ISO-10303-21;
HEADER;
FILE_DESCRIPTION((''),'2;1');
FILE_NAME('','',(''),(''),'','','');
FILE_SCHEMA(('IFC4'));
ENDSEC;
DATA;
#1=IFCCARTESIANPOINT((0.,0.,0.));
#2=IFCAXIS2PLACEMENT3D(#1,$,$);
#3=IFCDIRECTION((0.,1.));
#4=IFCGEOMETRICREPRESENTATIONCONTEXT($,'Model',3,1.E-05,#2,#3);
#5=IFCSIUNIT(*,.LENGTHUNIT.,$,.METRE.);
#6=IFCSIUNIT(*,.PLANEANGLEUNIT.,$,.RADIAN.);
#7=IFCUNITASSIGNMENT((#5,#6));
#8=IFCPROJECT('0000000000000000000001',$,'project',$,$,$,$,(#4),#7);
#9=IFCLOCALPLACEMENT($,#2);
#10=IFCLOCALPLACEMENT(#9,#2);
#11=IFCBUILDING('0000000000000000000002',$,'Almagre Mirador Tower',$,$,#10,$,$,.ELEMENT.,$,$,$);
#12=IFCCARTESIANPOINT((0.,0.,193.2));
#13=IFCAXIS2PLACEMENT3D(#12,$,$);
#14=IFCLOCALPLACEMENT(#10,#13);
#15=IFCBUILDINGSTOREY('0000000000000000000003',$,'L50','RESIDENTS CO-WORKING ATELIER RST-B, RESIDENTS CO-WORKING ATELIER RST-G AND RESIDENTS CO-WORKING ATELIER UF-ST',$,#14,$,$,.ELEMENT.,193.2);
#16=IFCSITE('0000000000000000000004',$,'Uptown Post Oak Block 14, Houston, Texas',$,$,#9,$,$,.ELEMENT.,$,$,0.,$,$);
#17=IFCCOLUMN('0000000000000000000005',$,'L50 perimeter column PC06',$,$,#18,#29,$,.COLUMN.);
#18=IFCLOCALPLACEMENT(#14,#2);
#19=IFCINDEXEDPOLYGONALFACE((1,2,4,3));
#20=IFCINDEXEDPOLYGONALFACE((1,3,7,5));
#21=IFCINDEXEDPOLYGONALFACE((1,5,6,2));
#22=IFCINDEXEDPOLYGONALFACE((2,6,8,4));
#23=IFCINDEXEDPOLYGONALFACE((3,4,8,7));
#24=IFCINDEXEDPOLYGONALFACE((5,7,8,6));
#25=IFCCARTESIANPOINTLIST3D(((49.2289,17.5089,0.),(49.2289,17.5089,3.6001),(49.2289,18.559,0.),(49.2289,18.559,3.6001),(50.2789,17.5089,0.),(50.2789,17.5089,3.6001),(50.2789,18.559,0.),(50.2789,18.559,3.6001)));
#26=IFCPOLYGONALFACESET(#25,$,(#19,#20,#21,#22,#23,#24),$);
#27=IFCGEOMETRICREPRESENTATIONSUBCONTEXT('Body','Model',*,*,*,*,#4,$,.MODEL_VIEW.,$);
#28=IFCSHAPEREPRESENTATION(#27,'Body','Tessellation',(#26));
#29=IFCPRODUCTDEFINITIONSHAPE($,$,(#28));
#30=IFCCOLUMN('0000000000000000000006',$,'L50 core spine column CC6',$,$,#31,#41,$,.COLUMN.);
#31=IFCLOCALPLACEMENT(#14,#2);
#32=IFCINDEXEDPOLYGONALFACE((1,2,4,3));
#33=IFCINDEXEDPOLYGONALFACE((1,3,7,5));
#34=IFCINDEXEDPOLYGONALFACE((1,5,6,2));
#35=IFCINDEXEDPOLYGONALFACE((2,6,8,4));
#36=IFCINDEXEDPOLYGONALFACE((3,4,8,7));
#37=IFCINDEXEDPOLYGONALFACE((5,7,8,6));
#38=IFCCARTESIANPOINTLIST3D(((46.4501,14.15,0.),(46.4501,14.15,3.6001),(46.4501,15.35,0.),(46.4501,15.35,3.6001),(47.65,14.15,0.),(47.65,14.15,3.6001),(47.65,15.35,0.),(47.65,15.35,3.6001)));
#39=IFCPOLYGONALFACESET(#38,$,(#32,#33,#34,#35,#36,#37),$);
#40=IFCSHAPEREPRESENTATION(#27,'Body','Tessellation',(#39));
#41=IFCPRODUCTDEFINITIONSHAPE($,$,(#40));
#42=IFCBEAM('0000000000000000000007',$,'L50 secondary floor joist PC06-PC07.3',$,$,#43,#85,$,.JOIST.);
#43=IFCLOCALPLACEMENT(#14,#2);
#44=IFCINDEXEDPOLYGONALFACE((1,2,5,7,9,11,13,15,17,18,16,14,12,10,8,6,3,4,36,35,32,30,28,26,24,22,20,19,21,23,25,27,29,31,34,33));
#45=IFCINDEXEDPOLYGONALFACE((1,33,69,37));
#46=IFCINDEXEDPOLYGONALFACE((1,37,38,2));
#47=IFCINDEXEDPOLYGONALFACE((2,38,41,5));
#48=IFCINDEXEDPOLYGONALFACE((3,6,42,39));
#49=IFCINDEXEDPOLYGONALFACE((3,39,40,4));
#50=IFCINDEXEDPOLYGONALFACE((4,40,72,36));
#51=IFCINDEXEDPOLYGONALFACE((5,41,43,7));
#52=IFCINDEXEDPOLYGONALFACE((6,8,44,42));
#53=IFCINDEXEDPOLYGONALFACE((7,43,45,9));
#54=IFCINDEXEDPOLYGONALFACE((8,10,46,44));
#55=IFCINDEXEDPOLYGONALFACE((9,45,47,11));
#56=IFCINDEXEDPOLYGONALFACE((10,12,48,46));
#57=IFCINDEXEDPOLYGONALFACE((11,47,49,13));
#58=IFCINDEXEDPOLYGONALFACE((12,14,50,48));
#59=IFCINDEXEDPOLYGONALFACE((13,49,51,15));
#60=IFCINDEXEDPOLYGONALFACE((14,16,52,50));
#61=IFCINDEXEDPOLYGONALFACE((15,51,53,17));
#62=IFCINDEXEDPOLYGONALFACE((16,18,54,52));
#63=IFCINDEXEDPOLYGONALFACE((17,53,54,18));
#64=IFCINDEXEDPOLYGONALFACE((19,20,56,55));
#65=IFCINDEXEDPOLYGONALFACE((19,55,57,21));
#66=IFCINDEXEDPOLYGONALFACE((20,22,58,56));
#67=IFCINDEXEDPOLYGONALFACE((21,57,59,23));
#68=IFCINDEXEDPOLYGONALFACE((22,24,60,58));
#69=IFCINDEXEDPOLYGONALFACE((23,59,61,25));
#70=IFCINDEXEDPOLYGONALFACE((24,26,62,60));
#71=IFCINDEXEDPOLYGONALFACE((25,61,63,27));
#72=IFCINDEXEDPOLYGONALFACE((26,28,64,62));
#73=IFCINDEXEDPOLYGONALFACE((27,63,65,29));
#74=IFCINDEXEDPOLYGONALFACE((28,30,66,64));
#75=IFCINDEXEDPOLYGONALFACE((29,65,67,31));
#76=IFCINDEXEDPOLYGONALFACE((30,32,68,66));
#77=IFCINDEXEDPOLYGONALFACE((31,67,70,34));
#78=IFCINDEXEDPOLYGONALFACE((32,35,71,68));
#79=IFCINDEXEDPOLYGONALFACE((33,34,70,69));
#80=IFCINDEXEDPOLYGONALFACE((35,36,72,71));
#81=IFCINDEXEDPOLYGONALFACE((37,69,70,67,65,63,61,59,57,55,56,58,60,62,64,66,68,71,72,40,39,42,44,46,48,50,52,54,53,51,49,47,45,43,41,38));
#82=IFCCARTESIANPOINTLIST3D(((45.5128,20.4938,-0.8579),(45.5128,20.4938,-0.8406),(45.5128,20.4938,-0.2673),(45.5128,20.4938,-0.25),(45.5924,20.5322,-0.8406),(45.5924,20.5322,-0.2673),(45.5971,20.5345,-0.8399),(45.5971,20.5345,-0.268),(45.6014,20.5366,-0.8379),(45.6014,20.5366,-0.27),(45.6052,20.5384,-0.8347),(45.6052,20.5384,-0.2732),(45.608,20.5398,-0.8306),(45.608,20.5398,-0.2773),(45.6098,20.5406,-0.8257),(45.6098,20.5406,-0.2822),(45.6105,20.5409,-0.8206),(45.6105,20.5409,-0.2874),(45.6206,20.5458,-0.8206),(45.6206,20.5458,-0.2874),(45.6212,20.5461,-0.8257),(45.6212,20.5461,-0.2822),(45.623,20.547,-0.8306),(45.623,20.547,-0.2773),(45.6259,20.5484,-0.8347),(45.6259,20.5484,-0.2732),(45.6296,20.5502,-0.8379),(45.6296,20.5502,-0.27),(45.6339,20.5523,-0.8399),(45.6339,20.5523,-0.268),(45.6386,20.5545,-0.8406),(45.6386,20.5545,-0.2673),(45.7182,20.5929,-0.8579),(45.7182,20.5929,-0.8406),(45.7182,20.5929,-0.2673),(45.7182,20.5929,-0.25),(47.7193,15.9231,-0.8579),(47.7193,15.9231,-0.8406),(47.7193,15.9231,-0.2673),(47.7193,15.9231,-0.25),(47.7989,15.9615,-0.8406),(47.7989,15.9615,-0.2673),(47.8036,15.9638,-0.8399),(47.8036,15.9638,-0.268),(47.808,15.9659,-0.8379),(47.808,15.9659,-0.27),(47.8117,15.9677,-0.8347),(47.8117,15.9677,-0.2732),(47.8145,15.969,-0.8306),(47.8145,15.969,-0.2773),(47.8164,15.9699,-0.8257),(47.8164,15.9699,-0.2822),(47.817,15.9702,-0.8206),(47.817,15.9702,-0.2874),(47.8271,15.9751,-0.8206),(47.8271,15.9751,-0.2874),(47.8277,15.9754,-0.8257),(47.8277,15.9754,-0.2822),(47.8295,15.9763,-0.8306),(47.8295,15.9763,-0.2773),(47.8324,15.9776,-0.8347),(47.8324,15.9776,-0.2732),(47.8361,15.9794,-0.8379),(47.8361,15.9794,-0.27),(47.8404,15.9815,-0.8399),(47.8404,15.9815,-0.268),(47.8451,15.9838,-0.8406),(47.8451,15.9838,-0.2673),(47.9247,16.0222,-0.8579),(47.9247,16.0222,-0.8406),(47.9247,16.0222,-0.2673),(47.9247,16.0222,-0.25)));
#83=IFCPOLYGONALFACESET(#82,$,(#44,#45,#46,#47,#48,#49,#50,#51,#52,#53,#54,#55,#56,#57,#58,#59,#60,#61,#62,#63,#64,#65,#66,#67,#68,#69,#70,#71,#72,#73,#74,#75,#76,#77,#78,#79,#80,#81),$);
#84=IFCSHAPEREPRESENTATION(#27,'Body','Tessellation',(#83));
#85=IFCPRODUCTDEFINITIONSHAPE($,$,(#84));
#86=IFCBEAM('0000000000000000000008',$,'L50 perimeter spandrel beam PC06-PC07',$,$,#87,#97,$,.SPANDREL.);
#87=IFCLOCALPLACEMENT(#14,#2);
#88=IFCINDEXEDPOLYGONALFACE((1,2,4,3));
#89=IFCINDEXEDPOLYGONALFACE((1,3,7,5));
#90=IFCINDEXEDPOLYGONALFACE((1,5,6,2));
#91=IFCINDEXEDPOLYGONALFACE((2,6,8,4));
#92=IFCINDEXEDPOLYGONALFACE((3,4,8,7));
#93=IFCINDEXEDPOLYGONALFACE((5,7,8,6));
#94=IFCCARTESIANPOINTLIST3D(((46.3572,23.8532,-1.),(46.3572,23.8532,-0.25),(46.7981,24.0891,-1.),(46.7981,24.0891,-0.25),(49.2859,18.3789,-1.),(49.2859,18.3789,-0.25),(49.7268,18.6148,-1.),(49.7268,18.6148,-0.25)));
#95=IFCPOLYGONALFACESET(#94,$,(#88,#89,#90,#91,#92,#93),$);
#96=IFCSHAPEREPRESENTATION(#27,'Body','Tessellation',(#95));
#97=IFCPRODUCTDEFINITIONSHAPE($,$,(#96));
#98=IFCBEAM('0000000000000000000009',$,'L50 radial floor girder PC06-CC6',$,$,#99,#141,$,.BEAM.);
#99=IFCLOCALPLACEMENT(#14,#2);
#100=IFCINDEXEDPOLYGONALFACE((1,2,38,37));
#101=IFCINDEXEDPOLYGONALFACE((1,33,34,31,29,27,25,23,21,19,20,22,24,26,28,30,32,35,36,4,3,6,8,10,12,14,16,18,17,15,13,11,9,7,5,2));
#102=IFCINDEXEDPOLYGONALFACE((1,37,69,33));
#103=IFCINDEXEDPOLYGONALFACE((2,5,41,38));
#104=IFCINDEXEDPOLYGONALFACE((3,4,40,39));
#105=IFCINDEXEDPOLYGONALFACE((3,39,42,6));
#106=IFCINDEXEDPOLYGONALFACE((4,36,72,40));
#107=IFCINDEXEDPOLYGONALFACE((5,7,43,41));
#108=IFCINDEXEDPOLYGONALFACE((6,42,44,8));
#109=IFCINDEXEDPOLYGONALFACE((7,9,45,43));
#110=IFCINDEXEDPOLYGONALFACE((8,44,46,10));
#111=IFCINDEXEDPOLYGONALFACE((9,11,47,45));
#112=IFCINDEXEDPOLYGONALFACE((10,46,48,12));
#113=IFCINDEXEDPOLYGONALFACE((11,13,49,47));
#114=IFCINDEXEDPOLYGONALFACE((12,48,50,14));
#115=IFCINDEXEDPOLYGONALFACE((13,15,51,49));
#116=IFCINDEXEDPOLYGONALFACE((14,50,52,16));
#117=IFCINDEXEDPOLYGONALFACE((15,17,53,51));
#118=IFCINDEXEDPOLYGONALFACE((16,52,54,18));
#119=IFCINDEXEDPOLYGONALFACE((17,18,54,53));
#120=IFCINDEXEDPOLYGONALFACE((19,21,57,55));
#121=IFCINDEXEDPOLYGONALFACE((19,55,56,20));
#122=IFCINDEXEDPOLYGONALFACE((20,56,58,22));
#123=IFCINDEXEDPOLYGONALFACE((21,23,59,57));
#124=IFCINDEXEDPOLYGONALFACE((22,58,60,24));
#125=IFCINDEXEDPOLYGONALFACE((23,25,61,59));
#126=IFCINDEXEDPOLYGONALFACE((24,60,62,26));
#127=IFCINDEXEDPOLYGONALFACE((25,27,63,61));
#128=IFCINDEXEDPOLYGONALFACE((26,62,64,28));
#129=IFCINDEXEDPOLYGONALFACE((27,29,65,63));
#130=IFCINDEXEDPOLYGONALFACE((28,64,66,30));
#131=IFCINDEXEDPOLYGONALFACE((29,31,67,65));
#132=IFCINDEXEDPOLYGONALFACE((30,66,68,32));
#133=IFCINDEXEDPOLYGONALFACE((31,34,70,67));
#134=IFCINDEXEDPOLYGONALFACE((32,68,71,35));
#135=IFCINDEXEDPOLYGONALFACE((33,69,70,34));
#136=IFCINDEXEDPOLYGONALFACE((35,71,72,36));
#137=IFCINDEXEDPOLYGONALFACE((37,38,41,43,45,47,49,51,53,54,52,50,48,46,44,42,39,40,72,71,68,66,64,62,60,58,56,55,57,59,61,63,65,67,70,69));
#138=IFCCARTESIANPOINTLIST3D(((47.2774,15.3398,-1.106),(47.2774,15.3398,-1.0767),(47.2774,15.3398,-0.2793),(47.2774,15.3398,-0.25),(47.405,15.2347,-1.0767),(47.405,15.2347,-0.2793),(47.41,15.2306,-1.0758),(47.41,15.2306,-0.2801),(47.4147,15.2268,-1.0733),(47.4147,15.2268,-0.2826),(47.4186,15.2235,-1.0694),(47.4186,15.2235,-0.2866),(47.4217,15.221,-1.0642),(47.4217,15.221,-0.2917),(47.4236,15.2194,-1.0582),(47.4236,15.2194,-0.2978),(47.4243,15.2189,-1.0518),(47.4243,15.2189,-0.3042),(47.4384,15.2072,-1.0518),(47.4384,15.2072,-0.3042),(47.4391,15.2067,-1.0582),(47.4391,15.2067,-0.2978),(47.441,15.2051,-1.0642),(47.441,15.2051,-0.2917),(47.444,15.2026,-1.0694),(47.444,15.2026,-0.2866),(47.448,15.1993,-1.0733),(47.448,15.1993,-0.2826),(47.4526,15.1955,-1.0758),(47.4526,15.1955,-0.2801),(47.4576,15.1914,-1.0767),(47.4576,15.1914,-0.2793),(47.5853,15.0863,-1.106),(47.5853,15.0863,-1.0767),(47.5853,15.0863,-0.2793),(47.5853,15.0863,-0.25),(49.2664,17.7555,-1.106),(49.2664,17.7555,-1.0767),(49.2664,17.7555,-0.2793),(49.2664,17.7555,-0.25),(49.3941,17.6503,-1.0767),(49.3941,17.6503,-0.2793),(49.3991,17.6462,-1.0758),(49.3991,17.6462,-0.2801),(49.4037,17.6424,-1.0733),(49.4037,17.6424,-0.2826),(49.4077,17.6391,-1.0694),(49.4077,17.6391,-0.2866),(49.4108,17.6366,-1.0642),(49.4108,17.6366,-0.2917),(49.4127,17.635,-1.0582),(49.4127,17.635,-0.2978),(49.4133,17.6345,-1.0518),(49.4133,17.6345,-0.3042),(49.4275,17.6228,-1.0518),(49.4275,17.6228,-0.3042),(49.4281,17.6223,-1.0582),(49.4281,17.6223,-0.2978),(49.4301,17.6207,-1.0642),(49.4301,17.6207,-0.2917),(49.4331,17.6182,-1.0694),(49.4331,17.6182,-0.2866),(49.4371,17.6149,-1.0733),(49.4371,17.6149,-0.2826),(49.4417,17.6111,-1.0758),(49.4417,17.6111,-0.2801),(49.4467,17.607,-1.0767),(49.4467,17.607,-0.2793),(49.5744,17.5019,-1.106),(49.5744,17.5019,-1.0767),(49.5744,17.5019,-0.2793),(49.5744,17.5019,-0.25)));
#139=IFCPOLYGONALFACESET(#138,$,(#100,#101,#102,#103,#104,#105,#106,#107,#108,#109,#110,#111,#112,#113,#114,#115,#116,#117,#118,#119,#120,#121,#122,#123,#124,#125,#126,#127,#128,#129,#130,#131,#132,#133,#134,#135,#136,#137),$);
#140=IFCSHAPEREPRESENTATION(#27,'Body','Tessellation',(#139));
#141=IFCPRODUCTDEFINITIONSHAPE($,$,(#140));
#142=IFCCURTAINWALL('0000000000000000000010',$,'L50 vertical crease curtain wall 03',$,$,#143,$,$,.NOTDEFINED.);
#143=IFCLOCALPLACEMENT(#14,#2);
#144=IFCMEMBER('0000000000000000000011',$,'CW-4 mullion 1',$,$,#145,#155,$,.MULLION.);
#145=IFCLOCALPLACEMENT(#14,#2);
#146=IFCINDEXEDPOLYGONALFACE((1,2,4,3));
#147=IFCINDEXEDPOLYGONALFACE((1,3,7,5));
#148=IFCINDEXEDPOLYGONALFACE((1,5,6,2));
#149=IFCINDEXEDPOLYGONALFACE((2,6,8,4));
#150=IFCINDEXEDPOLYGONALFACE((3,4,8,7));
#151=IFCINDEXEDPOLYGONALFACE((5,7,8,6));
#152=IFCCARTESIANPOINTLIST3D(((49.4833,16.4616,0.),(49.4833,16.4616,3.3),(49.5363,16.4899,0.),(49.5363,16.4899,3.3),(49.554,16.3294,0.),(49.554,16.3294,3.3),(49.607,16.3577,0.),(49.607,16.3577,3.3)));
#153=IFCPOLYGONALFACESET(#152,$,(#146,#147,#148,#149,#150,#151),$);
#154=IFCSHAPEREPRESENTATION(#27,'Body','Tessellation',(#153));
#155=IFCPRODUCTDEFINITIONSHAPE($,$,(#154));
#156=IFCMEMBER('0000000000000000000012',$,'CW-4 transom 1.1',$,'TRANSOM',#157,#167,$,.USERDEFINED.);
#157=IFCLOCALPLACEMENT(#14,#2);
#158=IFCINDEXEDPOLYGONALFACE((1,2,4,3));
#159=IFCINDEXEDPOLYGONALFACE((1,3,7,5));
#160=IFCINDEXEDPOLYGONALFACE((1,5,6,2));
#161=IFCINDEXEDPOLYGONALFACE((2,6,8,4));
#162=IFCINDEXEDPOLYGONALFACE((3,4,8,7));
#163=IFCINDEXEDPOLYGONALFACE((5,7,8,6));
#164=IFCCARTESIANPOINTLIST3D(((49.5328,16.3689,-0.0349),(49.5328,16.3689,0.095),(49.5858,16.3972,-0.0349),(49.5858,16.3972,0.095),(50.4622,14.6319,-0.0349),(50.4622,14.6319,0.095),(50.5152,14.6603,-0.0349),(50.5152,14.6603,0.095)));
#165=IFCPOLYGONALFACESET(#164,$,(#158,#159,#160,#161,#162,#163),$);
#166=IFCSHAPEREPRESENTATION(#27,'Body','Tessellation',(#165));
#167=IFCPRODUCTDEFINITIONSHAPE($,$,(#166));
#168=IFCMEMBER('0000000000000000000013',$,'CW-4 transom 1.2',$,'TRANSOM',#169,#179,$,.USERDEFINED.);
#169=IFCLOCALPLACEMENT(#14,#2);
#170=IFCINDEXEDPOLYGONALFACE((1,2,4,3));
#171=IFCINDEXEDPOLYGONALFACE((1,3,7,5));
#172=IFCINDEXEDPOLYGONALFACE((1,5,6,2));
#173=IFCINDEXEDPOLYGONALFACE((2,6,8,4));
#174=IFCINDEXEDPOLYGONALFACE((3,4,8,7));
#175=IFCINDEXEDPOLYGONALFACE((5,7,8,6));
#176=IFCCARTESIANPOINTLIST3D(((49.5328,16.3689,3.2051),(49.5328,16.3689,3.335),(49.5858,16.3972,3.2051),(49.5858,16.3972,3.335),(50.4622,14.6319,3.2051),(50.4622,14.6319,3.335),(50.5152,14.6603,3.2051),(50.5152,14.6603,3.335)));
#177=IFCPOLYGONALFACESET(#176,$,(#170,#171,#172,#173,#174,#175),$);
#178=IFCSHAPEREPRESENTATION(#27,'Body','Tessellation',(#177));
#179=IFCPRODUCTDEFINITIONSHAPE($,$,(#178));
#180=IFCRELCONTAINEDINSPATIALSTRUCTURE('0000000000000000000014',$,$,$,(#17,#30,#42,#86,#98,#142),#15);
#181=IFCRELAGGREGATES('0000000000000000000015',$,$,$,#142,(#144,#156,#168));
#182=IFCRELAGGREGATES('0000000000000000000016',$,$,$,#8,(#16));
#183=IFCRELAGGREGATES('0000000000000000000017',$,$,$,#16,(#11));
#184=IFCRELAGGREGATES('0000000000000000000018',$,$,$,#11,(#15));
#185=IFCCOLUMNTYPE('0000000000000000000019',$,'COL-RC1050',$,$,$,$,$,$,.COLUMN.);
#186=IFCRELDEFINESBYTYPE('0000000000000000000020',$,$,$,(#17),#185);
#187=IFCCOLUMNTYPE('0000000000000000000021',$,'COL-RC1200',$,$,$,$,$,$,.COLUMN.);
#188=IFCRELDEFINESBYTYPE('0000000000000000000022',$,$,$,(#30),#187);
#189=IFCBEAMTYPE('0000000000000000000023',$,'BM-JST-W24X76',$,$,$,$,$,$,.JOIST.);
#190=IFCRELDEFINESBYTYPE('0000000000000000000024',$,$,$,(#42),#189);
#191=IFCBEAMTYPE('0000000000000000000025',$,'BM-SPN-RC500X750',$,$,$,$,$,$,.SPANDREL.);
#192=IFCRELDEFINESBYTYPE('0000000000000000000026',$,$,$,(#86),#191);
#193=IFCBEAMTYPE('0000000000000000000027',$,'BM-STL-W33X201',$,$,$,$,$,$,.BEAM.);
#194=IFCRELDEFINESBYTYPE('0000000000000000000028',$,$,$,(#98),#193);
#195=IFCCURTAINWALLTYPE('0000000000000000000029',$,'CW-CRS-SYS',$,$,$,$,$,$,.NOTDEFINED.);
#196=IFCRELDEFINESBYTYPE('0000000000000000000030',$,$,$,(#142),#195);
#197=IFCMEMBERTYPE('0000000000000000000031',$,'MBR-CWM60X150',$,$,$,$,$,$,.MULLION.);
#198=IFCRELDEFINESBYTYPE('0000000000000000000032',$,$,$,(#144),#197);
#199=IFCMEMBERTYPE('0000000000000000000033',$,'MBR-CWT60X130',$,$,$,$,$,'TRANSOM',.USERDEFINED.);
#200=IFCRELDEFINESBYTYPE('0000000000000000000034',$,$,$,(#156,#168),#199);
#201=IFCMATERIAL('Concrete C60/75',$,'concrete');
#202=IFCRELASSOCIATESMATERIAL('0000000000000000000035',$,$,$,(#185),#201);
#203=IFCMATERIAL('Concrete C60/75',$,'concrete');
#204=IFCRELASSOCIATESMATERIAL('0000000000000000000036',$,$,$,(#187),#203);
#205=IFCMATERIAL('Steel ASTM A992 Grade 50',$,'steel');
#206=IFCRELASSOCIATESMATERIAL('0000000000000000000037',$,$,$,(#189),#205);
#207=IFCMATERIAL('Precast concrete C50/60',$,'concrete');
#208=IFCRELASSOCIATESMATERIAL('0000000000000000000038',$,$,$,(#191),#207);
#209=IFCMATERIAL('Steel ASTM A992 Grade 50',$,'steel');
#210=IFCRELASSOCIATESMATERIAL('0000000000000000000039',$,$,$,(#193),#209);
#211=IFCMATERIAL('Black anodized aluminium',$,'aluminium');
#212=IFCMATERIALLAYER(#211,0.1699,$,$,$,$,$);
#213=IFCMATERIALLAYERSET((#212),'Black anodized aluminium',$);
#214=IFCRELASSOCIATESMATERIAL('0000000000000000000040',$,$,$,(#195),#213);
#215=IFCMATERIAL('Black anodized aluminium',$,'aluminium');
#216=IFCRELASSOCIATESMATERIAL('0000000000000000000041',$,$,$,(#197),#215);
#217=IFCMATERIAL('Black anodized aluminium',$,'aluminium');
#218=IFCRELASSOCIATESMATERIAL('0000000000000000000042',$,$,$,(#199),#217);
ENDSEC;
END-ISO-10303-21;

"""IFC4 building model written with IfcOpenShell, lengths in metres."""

from ifc_helpers import new_model, si_unit, direction, frame, origin, origin_2d, place, context, subcontext, project, spatial, rectangle, i_section, extrude, material, layer, layer_set, material_profile, profile_set, type_object, element, aggregate, save


model = new_model("IFC4")

# Units and contexts
model_context = context("Model", 3, precision=1e-05, world=origin(), true_north=direction((0.0, 1.0)))
body_context = subcontext(model_context, "Body", "Model", "MODEL_VIEW")
ifc_project = project(units=[si_unit("LENGTHUNIT", "METRE"), si_unit("PLANEANGLEUNIT", "RADIAN")], contexts=[model_context])

# Site, building, storey
site_placement = place(None, origin())
site = spatial("IfcSite", under=ifc_project, at=site_placement, Name="Uptown Post Oak Block 14, Houston, Texas", CompositionType="ELEMENT", RefElevation=0.0)
building_placement = place(site_placement, origin())
building = spatial("IfcBuilding", under=site, at=building_placement, Name="Almagre Mirador Tower", CompositionType="ELEMENT")
storey_placement = place(building_placement, frame((0.0, 0.0, 193.2)))
storey = spatial("IfcBuildingStorey", under=building, at=storey_placement, Name="L50", Description="RESIDENTS CO-WORKING ATELIER RST-B, RESIDENTS CO-WORKING ATELIER RST-G AND RESIDENTS CO-WORKING ATELIER UF-ST", CompositionType="ELEMENT", Elevation=193.2)

# Columns
ifc_material_1 = material(Name="Concrete C60/75", Category="concrete")
ifc_material_profile_1 = material_profile(ifc_material_1, rectangle(XDim=1.05, YDim=1.05, at=origin_2d()), Name="RC1050X1050")
ifc_profile_set_1 = profile_set([ifc_material_profile_1], Name="Concrete C60/75")
column_type_1 = type_object("IfcColumnType", Name="COL-RC1050", PredefinedType="COLUMN", material=ifc_profile_set_1)
column_1_placement = place(storey_placement, frame((49.7539, 18.0339, 0.0), z_axis=(0.0, 0.0, 1.0), x_axis=(1.0, 0.0, 0.0)))
element("IfcColumn", 1, at=column_1_placement, inside=storey, type_object=column_type_1, Name="L50 perimeter column PC06", PredefinedType="COLUMN", context=body_context, shape_type="SweptSolid", body=[
    extrude(rectangle(XDim=1.05, YDim=1.05, at=origin_2d()), origin(), (0.0, 0.0, 1.0), 3.6001),
])
ifc_material_2 = material(Name="Concrete C60/75", Category="concrete")
ifc_material_profile_2 = material_profile(ifc_material_2, rectangle(XDim=1.2, YDim=1.2, at=origin_2d()), Name="RC1200X1200")
ifc_profile_set_2 = profile_set([ifc_material_profile_2], Name="Concrete C60/75")
column_type_2 = type_object("IfcColumnType", Name="COL-RC1200", PredefinedType="COLUMN", material=ifc_profile_set_2)
column_2_placement = place(storey_placement, frame((47.05, 14.75, 0.0), z_axis=(0.0, 0.0, 1.0), x_axis=(1.0, 0.0, 0.0)))
element("IfcColumn", 2, at=column_2_placement, inside=storey, type_object=column_type_2, Name="L50 core spine column CC6", PredefinedType="COLUMN", context=body_context, shape_type="SweptSolid", body=[
    extrude(rectangle(XDim=1.2, YDim=1.2, at=origin_2d()), origin(), (0.0, 0.0, 1.0), 3.6001),
])

# Beams
ifc_material_3 = material(Name="Steel ASTM A992 Grade 50", Category="steel")
ifc_material_profile_3 = material_profile(ifc_material_3, i_section(OverallWidth=0.228, OverallDepth=0.6079, WebThickness=0.0112, FlangeThickness=0.0173, FilletRadius=0.02, at=origin_2d()), Name="W24X76")
ifc_profile_set_3 = profile_set([ifc_material_profile_3], Name="Steel ASTM A992 Grade 50")
beam_type_1 = type_object("IfcBeamType", Name="BM-JST-W24X76", PredefinedType="JOIST", material=ifc_profile_set_3)
beam_1_placement = place(storey_placement, frame((47.822, 15.9727, -0.554), z_axis=(-0.434741, 0.900556, 0.0), x_axis=(-0.900556, -0.434741, 0.0)))
element("IfcBeam", 3, at=beam_1_placement, inside=storey, type_object=beam_type_1, Name="L50 secondary floor joist PC06-PC07.3", PredefinedType="JOIST", context=body_context, shape_type="SweptSolid", body=[
    extrude(i_section(OverallWidth=0.228, OverallDepth=0.6079, WebThickness=0.0112, FlangeThickness=0.0173, FilletRadius=0.02, at=origin_2d()), origin(), (0.0, 0.0, 1.0), 5.0754),
])
ifc_material_4 = material(Name="Precast concrete C50/60", Category="concrete")
ifc_material_profile_4 = material_profile(ifc_material_4, rectangle(XDim=0.5, YDim=0.75, at=origin_2d()), Name="RC500X750")
ifc_profile_set_4 = profile_set([ifc_material_profile_4], Name="Precast concrete C50/60")
beam_type_2 = type_object("IfcBeamType", Name="BM-SPN-RC500X750", PredefinedType="SPANDREL", material=ifc_profile_set_4)
beam_2_placement = place(storey_placement, frame((49.5063, 18.4968, -0.625), z_axis=(-0.471723, 0.881747, 0.0), x_axis=(-0.881747, -0.471723, 0.0)))
element("IfcBeam", 4, at=beam_2_placement, inside=storey, type_object=beam_type_2, Name="L50 perimeter spandrel beam PC06-PC07", PredefinedType="SPANDREL", context=body_context, shape_type="SweptSolid", body=[
    extrude(rectangle(XDim=0.5, YDim=0.75, at=origin_2d()), origin(), (0.0, 0.0, 1.0), 6.2085),
])
ifc_material_5 = material(Name="Steel ASTM A992 Grade 50", Category="steel")
ifc_material_profile_5 = material_profile(ifc_material_5, i_section(OverallWidth=0.3989, OverallDepth=0.856, WebThickness=0.0183, FlangeThickness=0.0293, FilletRadius=0.0249, at=origin_2d()), Name="W33X201")
ifc_profile_set_5 = profile_set([ifc_material_profile_5], Name="Steel ASTM A992 Grade 50")
beam_type_3 = type_object("IfcBeamType", Name="BM-STL-W33X201", PredefinedType="BEAM", material=ifc_profile_set_5)
beam_3_placement = place(storey_placement, frame((49.4204, 17.6287, -0.678), z_axis=(-0.635661, -0.771969, 0.0), x_axis=(0.771969, -0.635661, 0.0)))
element("IfcBeam", 5, at=beam_3_placement, inside=storey, type_object=beam_type_3, Name="L50 radial floor girder PC06-CC6", PredefinedType="BEAM", context=body_context, shape_type="SweptSolid", body=[
    extrude(i_section(OverallWidth=0.3989, OverallDepth=0.856, WebThickness=0.0183, FlangeThickness=0.0293, FilletRadius=0.0249, at=origin_2d()), origin(), (0.0, 0.0, 1.0), 3.1292),
])

# Curtain wall, members
ifc_material_6 = material(Name="Black anodized aluminium", Category="aluminium")
ifc_layer_1 = layer(ifc_material_6, 0.1699)
ifc_layer_set_1 = layer_set([ifc_layer_1], Name="Black anodized aluminium")
curtain_wall_type = type_object("IfcCurtainWallType", Name="CW-CRS-SYS", PredefinedType="NOTDEFINED", material=ifc_layer_set_1)
curtain_wall_placement = place(storey_placement, origin())
curtain_wall = element("IfcCurtainWall", 6, at=curtain_wall_placement, inside=storey, type_object=curtain_wall_type, Name="L50 vertical crease curtain wall 03", PredefinedType="NOTDEFINED")
ifc_material_7 = material(Name="Black anodized aluminium", Category="aluminium")
ifc_material_profile_6 = material_profile(ifc_material_7, rectangle(XDim=0.0601, YDim=0.1499, at=origin_2d()), Name="CWM60X150")
ifc_profile_set_6 = profile_set([ifc_material_profile_6], Name="Black anodized aluminium")
member_type_1 = type_object("IfcMemberType", Name="MBR-CWM60X150", PredefinedType="MULLION", material=ifc_profile_set_6)
member_1_placement = place(storey_placement, frame((49.5452, 16.4097, 0.0), z_axis=(0.0, 0.0, 1.0), x_axis=(0.881743, 0.47173, 0.0)))
member_1 = element("IfcMember", 7, at=member_1_placement, type_object=member_type_1, Name="CW-4 mullion 1", PredefinedType="MULLION", context=body_context, shape_type="SweptSolid", body=[
    extrude(rectangle(XDim=0.0601, YDim=0.1499, at=origin_2d()), origin(), (0.0, 0.0, 1.0), 3.3),
])
ifc_material_8 = material(Name="Black anodized aluminium", Category="aluminium")
ifc_material_profile_7 = material_profile(ifc_material_8, rectangle(XDim=0.0601, YDim=0.1299, at=origin_2d()), Name="CWT60X130")
ifc_profile_set_7 = profile_set([ifc_material_profile_7], Name="Black anodized aluminium")
member_type_2 = type_object("IfcMemberType", Name="MBR-CWT60X130", ElementType="TRANSOM", PredefinedType="USERDEFINED", material=ifc_profile_set_7)
member_2_placement = place(storey_placement, frame((49.5593, 16.3831, 0.03), z_axis=(0.471778, -0.881718, 0.0), x_axis=(0.881718, 0.471778, 0.0)))
member_2 = element("IfcMember", 8, at=member_2_placement, type_object=member_type_2, Name="CW-4 transom 1.1", ObjectType="TRANSOM", PredefinedType="USERDEFINED", context=body_context, shape_type="SweptSolid", body=[
    extrude(rectangle(XDim=0.0601, YDim=0.1299, at=origin_2d()), origin(), (0.0, 0.0, 1.0), 1.97),
])
member_3_placement = place(storey_placement, frame((49.5593, 16.3831, 3.27), z_axis=(0.471778, -0.881718, 0.0), x_axis=(0.881718, 0.471778, 0.0)))
member_3 = element("IfcMember", 9, at=member_3_placement, type_object=member_type_2, Name="CW-4 transom 1.2", ObjectType="TRANSOM", PredefinedType="USERDEFINED", context=body_context, shape_type="SweptSolid", body=[
    extrude(rectangle(XDim=0.0601, YDim=0.1299, at=origin_2d()), origin(), (0.0, 0.0, 1.0), 1.97),
])
aggregate(curtain_wall, [member_1, member_2, member_3])

save(model, "model.ifc")
